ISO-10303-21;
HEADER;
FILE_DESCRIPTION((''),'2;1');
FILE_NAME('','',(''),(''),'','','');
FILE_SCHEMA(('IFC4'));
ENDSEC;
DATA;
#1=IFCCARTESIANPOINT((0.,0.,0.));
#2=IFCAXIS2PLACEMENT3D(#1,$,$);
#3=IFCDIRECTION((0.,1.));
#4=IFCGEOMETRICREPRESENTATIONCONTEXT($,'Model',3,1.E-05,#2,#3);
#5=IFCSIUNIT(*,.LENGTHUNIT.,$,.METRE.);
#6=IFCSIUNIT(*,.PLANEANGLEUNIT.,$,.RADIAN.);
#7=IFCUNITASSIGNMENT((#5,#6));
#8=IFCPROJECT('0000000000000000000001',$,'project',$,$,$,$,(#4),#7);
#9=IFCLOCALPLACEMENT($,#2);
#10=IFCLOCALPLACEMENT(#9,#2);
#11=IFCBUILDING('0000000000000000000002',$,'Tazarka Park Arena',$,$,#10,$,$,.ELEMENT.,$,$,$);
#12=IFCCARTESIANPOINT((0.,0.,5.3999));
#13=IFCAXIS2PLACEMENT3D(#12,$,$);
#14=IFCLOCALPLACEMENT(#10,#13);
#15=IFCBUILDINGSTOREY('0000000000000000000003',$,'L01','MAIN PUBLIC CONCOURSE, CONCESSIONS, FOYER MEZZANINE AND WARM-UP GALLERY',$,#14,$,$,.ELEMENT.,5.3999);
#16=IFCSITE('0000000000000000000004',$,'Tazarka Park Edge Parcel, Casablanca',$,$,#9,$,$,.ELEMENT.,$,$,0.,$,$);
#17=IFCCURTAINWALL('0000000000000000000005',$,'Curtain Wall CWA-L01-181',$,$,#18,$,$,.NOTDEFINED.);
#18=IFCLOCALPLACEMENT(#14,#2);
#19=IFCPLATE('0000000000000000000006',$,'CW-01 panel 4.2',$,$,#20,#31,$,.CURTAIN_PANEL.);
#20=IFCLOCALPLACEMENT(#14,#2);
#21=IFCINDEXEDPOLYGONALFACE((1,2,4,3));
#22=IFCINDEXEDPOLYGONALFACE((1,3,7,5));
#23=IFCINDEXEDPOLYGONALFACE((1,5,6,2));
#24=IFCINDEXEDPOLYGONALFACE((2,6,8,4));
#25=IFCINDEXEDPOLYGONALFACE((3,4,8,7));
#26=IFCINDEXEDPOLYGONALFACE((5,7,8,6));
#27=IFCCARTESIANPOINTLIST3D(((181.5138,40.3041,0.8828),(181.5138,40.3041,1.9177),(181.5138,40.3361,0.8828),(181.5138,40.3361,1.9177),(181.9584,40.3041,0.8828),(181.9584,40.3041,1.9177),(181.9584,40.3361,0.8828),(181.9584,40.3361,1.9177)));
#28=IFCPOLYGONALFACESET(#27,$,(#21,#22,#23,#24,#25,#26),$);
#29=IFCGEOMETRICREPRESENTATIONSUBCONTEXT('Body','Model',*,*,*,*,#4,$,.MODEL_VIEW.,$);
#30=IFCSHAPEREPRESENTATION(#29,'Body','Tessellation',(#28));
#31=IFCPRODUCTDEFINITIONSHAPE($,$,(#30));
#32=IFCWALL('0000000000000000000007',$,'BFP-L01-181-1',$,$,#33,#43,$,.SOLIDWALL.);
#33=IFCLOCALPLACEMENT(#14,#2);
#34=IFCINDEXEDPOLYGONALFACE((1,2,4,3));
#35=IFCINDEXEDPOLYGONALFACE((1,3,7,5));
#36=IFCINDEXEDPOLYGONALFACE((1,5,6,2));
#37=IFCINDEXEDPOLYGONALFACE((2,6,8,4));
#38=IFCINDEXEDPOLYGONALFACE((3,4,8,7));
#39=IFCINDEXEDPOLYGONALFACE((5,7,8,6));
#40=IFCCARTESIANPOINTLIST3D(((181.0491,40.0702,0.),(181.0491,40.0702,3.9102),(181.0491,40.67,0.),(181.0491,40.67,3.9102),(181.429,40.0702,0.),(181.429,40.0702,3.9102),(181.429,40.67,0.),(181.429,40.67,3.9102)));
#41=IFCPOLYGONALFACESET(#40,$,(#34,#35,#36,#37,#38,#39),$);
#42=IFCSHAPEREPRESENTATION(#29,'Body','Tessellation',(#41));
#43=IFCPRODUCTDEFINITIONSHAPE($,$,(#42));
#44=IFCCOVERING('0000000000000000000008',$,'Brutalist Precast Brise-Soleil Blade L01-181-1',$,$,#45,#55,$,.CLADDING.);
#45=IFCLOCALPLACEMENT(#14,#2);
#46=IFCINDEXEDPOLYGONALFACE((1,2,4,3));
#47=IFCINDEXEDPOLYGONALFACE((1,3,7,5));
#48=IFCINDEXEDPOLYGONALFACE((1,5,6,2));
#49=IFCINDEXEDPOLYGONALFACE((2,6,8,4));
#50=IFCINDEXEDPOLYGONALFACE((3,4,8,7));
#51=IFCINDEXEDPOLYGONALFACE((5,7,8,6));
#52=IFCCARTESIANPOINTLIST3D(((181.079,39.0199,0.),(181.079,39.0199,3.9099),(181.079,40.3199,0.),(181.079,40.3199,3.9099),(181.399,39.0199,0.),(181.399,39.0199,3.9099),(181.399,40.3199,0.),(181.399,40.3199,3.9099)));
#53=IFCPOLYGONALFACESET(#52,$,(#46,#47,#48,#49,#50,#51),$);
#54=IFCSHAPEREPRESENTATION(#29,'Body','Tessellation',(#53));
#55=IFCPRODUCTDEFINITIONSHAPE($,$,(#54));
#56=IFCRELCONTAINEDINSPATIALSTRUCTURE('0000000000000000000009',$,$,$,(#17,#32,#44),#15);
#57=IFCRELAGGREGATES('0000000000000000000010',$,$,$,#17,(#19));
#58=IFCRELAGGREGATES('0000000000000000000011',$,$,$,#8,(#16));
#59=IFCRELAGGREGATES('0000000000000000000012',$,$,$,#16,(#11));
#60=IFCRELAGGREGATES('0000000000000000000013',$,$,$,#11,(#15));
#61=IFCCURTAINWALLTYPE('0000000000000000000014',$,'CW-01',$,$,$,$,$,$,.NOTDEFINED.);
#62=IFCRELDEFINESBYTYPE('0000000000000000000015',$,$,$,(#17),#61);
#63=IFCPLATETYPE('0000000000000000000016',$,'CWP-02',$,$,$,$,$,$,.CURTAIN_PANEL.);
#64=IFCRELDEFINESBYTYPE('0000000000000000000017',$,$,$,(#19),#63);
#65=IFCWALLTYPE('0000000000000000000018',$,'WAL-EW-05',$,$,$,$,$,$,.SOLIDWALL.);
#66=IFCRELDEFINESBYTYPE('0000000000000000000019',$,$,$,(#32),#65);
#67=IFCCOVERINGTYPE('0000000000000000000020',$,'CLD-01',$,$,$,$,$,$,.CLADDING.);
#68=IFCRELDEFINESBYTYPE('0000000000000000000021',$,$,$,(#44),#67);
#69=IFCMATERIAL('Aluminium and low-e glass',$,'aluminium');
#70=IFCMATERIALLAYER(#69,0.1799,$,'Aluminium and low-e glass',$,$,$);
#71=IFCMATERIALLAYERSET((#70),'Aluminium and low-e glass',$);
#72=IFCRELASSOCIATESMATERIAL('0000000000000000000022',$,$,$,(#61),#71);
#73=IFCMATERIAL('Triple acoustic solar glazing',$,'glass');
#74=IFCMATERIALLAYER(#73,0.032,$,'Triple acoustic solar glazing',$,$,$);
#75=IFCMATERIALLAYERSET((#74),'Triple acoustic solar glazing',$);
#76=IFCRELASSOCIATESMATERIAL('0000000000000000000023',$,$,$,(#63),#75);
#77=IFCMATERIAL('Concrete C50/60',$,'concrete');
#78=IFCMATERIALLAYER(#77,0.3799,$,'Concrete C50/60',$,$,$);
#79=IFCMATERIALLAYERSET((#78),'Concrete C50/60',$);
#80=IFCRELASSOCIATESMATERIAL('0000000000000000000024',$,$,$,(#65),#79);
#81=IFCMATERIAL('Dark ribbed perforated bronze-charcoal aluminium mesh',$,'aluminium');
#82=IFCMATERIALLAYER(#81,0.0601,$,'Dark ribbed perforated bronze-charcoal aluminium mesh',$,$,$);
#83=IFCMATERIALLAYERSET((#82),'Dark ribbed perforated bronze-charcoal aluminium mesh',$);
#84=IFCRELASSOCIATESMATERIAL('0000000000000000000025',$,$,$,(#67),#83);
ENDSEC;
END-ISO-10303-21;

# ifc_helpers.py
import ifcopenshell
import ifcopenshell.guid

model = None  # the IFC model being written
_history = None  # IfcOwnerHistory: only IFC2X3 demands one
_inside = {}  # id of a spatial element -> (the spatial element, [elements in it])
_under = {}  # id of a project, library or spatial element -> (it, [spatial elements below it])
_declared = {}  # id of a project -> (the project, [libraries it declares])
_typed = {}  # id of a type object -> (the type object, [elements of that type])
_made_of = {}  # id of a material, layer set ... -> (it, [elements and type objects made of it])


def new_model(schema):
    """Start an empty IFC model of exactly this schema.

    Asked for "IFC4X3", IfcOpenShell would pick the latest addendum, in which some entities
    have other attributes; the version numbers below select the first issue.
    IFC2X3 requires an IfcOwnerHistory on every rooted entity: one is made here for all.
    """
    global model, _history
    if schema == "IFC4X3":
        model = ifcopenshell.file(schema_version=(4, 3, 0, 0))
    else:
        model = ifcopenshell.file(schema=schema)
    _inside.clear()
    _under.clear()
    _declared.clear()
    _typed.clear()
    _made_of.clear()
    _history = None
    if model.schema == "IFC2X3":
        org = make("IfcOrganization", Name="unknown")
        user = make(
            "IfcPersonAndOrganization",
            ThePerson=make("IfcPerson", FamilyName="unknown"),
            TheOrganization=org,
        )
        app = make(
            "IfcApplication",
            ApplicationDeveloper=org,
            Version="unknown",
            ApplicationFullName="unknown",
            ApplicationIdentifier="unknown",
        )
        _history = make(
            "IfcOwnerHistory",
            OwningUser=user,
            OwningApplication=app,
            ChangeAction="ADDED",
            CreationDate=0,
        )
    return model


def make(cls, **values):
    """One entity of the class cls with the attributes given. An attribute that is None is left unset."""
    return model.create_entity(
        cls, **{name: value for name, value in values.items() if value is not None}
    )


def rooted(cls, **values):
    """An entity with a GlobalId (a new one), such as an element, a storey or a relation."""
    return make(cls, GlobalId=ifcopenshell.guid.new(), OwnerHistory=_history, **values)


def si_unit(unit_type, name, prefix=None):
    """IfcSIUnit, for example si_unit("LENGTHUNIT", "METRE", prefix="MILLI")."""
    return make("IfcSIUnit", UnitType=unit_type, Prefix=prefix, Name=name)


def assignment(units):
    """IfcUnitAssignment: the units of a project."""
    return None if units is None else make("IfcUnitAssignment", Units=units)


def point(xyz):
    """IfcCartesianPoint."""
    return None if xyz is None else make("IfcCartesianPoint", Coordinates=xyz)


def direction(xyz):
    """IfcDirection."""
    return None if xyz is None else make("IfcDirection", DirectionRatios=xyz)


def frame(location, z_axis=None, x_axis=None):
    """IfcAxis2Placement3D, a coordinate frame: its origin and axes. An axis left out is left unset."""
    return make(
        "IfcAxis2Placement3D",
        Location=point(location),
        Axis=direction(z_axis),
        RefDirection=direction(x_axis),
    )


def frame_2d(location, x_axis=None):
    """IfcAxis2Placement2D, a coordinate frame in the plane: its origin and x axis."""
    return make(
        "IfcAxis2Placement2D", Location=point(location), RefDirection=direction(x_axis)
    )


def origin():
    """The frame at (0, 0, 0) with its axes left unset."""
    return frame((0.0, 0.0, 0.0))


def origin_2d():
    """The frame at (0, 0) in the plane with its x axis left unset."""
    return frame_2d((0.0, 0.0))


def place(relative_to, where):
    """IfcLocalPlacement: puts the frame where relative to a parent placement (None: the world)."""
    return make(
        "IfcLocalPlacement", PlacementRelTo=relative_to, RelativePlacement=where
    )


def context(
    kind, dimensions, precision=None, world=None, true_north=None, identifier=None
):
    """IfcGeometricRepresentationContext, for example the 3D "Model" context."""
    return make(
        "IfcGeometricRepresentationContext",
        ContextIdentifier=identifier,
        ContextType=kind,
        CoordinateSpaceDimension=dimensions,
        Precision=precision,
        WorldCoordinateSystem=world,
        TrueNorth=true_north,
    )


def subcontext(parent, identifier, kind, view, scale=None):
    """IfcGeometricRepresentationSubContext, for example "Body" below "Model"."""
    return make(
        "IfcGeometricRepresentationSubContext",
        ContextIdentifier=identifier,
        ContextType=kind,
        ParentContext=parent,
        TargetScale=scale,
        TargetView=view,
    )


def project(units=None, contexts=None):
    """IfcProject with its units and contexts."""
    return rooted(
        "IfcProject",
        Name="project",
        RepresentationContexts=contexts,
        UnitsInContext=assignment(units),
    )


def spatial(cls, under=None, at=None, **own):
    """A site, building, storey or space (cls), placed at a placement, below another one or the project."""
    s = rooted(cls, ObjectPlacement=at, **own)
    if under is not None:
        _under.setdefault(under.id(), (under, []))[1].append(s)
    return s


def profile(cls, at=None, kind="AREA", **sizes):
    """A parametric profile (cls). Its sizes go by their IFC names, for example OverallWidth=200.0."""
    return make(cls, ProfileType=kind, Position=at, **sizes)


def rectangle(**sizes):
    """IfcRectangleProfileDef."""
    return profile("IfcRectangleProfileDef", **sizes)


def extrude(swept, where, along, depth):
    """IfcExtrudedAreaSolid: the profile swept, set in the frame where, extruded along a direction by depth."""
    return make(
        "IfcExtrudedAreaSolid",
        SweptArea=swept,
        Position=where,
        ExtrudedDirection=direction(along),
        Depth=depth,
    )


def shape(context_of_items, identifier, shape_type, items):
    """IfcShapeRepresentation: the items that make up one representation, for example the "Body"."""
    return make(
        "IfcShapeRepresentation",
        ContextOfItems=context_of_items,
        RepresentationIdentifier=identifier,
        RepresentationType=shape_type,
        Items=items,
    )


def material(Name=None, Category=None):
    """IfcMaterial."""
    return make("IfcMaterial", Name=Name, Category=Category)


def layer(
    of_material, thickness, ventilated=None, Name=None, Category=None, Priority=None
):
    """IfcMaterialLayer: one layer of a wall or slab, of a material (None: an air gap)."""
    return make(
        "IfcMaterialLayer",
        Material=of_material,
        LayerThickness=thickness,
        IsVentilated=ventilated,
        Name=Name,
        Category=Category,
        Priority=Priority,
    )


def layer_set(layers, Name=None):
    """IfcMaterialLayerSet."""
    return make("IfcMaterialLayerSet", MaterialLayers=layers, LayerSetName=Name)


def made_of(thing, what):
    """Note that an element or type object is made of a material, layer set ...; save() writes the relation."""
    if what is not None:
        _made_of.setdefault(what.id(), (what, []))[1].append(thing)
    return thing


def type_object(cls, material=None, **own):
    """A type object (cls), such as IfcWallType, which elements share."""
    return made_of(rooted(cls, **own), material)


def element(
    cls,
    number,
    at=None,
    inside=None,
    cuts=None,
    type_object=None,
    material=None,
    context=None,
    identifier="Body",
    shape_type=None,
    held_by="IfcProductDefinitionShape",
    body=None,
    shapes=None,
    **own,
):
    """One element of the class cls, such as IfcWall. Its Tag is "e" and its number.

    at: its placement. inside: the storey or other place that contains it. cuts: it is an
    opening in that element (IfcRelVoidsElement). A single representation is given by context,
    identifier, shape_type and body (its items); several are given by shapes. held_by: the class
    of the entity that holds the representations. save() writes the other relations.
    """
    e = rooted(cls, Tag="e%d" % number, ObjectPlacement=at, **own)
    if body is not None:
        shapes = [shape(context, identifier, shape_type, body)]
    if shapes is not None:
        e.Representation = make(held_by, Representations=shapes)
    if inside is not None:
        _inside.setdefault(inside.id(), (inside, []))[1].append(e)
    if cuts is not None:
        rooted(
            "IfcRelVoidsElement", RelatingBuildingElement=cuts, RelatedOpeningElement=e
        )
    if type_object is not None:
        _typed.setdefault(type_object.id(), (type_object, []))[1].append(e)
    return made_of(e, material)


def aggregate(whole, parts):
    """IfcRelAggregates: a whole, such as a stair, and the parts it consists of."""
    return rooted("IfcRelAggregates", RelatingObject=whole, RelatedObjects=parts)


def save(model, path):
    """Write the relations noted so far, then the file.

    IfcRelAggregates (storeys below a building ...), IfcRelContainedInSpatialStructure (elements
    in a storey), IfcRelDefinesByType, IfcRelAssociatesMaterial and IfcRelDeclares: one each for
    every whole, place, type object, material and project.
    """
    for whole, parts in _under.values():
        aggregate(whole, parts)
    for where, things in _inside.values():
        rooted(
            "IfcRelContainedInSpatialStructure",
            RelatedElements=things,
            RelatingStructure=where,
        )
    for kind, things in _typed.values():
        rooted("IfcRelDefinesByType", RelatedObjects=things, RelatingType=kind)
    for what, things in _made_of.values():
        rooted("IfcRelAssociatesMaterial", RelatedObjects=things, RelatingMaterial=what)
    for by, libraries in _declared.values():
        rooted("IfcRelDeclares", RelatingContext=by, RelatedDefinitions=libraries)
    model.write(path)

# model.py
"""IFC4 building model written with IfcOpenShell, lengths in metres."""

from ifc_helpers import new_model, si_unit, direction, frame, frame_2d, origin, origin_2d, place, context, subcontext, project, spatial, rectangle, extrude, material, layer, layer_set, type_object, element, aggregate, save


model = new_model("IFC4")

# Units and contexts
model_context = context("Model", 3, precision=1e-05, world=origin(), true_north=direction((0.0, 1.0)))
body_context = subcontext(model_context, "Body", "Model", "MODEL_VIEW")
ifc_project = project(units=[si_unit("LENGTHUNIT", "METRE"), si_unit("PLANEANGLEUNIT", "RADIAN")], contexts=[model_context])

# Site, building, storey
site_placement = place(None, origin())
site = spatial("IfcSite", under=ifc_project, at=site_placement, Name="Tazarka Park Edge Parcel, Casablanca", CompositionType="ELEMENT", RefElevation=0.0)
building_placement = place(site_placement, origin())
building = spatial("IfcBuilding", under=site, at=building_placement, Name="Tazarka Park Arena", CompositionType="ELEMENT")
storey_placement = place(building_placement, frame((0.0, 0.0, 5.3999)))
storey = spatial("IfcBuildingStorey", under=building, at=storey_placement, Name="L01", Description="MAIN PUBLIC CONCOURSE, CONCESSIONS, FOYER MEZZANINE AND WARM-UP GALLERY", CompositionType="ELEMENT", Elevation=5.3999)

# Curtain wall
ifc_material_1 = material(Name="Aluminium and low-e glass", Category="aluminium")
ifc_layer_1 = layer(ifc_material_1, 0.1799, Name="Aluminium and low-e glass")
ifc_layer_set_1 = layer_set([ifc_layer_1], Name="Aluminium and low-e glass")
curtain_wall_type_1 = type_object("IfcCurtainWallType", Name="CW-01", PredefinedType="NOTDEFINED", material=ifc_layer_set_1)
curtain_wall_1_placement = place(storey_placement, origin())
curtain_wall_1 = element("IfcCurtainWall", 1, at=curtain_wall_1_placement, inside=storey, type_object=curtain_wall_type_1, Name="Curtain Wall CWA-L01-181", PredefinedType="NOTDEFINED")

# Plate
ifc_material_2 = material(Name="Triple acoustic solar glazing", Category="glass")
ifc_layer_2 = layer(ifc_material_2, 0.032, Name="Triple acoustic solar glazing")
ifc_layer_set_2 = layer_set([ifc_layer_2], Name="Triple acoustic solar glazing")
plate_type_1 = type_object("IfcPlateType", Name="CWP-02", PredefinedType="CURTAIN_PANEL", material=ifc_layer_set_2)
plate_1_placement = place(storey_placement, frame((181.7361, 40.3201, 0.8828), z_axis=(0.0, 0.0, 1.0), x_axis=(-1.0, 0.0, 0.0)))
plate_1 = element("IfcPlate", 2, at=plate_1_placement, type_object=plate_type_1, Name="CW-01 panel 4.2", PredefinedType="CURTAIN_PANEL", context=body_context, shape_type="SweptSolid", body=[
    extrude(rectangle(XDim=0.4446, YDim=0.032, at=origin_2d()), origin(), (0.0, 0.0, 1.0), 1.0349),
])
aggregate(curtain_wall_1, [plate_1])

# Wall
ifc_material_3 = material(Name="Concrete C50/60", Category="concrete")
ifc_layer_3 = layer(ifc_material_3, 0.3799, Name="Concrete C50/60")
ifc_layer_set_3 = layer_set([ifc_layer_3], Name="Concrete C50/60")
wall_type = type_object("IfcWallType", Name="WAL-EW-05", PredefinedType="SOLIDWALL", material=ifc_layer_set_3)
wall_placement = place(storey_placement, frame((181.239, 40.6699, 0.0), z_axis=(0.0, 0.0, 1.0), x_axis=(0.0, -1.0, 0.0)))
element("IfcWall", 3, at=wall_placement, inside=storey, type_object=wall_type, Name="BFP-L01-181-1", PredefinedType="SOLIDWALL", context=body_context, shape_type="SweptSolid", body=[
    extrude(rectangle(XDim=0.5999, YDim=0.3799, at=frame_2d((0.2998, 0.0))), origin(), (0.0, 0.0, 1.0), 3.9102),
])

# Covering
ifc_material_4 = material(Name="Dark ribbed perforated bronze-charcoal aluminium mesh", Category="aluminium")
ifc_layer_4 = layer(ifc_material_4, 0.0601, Name="Dark ribbed perforated bronze-charcoal aluminium mesh")
ifc_layer_set_4 = layer_set([ifc_layer_4], Name="Dark ribbed perforated bronze-charcoal aluminium mesh")
covering_type = type_object("IfcCoveringType", Name="CLD-01", PredefinedType="CLADDING", material=ifc_layer_set_4)
covering_placement = place(storey_placement, frame((181.239, 39.6699, 0.0), z_axis=(0.0, 0.0, 1.0), x_axis=(-1.0, 0.0, 0.0)))
element("IfcCovering", 4, at=covering_placement, inside=storey, type_object=covering_type, Name="Brutalist Precast Brise-Soleil Blade L01-181-1", PredefinedType="CLADDING", context=body_context, shape_type="SweptSolid", body=[
    extrude(rectangle(XDim=0.3201, YDim=1.3, at=origin_2d()), origin(), (0.0, 0.0, 1.0), 3.9099),
])

save(model, "model.ifc")
